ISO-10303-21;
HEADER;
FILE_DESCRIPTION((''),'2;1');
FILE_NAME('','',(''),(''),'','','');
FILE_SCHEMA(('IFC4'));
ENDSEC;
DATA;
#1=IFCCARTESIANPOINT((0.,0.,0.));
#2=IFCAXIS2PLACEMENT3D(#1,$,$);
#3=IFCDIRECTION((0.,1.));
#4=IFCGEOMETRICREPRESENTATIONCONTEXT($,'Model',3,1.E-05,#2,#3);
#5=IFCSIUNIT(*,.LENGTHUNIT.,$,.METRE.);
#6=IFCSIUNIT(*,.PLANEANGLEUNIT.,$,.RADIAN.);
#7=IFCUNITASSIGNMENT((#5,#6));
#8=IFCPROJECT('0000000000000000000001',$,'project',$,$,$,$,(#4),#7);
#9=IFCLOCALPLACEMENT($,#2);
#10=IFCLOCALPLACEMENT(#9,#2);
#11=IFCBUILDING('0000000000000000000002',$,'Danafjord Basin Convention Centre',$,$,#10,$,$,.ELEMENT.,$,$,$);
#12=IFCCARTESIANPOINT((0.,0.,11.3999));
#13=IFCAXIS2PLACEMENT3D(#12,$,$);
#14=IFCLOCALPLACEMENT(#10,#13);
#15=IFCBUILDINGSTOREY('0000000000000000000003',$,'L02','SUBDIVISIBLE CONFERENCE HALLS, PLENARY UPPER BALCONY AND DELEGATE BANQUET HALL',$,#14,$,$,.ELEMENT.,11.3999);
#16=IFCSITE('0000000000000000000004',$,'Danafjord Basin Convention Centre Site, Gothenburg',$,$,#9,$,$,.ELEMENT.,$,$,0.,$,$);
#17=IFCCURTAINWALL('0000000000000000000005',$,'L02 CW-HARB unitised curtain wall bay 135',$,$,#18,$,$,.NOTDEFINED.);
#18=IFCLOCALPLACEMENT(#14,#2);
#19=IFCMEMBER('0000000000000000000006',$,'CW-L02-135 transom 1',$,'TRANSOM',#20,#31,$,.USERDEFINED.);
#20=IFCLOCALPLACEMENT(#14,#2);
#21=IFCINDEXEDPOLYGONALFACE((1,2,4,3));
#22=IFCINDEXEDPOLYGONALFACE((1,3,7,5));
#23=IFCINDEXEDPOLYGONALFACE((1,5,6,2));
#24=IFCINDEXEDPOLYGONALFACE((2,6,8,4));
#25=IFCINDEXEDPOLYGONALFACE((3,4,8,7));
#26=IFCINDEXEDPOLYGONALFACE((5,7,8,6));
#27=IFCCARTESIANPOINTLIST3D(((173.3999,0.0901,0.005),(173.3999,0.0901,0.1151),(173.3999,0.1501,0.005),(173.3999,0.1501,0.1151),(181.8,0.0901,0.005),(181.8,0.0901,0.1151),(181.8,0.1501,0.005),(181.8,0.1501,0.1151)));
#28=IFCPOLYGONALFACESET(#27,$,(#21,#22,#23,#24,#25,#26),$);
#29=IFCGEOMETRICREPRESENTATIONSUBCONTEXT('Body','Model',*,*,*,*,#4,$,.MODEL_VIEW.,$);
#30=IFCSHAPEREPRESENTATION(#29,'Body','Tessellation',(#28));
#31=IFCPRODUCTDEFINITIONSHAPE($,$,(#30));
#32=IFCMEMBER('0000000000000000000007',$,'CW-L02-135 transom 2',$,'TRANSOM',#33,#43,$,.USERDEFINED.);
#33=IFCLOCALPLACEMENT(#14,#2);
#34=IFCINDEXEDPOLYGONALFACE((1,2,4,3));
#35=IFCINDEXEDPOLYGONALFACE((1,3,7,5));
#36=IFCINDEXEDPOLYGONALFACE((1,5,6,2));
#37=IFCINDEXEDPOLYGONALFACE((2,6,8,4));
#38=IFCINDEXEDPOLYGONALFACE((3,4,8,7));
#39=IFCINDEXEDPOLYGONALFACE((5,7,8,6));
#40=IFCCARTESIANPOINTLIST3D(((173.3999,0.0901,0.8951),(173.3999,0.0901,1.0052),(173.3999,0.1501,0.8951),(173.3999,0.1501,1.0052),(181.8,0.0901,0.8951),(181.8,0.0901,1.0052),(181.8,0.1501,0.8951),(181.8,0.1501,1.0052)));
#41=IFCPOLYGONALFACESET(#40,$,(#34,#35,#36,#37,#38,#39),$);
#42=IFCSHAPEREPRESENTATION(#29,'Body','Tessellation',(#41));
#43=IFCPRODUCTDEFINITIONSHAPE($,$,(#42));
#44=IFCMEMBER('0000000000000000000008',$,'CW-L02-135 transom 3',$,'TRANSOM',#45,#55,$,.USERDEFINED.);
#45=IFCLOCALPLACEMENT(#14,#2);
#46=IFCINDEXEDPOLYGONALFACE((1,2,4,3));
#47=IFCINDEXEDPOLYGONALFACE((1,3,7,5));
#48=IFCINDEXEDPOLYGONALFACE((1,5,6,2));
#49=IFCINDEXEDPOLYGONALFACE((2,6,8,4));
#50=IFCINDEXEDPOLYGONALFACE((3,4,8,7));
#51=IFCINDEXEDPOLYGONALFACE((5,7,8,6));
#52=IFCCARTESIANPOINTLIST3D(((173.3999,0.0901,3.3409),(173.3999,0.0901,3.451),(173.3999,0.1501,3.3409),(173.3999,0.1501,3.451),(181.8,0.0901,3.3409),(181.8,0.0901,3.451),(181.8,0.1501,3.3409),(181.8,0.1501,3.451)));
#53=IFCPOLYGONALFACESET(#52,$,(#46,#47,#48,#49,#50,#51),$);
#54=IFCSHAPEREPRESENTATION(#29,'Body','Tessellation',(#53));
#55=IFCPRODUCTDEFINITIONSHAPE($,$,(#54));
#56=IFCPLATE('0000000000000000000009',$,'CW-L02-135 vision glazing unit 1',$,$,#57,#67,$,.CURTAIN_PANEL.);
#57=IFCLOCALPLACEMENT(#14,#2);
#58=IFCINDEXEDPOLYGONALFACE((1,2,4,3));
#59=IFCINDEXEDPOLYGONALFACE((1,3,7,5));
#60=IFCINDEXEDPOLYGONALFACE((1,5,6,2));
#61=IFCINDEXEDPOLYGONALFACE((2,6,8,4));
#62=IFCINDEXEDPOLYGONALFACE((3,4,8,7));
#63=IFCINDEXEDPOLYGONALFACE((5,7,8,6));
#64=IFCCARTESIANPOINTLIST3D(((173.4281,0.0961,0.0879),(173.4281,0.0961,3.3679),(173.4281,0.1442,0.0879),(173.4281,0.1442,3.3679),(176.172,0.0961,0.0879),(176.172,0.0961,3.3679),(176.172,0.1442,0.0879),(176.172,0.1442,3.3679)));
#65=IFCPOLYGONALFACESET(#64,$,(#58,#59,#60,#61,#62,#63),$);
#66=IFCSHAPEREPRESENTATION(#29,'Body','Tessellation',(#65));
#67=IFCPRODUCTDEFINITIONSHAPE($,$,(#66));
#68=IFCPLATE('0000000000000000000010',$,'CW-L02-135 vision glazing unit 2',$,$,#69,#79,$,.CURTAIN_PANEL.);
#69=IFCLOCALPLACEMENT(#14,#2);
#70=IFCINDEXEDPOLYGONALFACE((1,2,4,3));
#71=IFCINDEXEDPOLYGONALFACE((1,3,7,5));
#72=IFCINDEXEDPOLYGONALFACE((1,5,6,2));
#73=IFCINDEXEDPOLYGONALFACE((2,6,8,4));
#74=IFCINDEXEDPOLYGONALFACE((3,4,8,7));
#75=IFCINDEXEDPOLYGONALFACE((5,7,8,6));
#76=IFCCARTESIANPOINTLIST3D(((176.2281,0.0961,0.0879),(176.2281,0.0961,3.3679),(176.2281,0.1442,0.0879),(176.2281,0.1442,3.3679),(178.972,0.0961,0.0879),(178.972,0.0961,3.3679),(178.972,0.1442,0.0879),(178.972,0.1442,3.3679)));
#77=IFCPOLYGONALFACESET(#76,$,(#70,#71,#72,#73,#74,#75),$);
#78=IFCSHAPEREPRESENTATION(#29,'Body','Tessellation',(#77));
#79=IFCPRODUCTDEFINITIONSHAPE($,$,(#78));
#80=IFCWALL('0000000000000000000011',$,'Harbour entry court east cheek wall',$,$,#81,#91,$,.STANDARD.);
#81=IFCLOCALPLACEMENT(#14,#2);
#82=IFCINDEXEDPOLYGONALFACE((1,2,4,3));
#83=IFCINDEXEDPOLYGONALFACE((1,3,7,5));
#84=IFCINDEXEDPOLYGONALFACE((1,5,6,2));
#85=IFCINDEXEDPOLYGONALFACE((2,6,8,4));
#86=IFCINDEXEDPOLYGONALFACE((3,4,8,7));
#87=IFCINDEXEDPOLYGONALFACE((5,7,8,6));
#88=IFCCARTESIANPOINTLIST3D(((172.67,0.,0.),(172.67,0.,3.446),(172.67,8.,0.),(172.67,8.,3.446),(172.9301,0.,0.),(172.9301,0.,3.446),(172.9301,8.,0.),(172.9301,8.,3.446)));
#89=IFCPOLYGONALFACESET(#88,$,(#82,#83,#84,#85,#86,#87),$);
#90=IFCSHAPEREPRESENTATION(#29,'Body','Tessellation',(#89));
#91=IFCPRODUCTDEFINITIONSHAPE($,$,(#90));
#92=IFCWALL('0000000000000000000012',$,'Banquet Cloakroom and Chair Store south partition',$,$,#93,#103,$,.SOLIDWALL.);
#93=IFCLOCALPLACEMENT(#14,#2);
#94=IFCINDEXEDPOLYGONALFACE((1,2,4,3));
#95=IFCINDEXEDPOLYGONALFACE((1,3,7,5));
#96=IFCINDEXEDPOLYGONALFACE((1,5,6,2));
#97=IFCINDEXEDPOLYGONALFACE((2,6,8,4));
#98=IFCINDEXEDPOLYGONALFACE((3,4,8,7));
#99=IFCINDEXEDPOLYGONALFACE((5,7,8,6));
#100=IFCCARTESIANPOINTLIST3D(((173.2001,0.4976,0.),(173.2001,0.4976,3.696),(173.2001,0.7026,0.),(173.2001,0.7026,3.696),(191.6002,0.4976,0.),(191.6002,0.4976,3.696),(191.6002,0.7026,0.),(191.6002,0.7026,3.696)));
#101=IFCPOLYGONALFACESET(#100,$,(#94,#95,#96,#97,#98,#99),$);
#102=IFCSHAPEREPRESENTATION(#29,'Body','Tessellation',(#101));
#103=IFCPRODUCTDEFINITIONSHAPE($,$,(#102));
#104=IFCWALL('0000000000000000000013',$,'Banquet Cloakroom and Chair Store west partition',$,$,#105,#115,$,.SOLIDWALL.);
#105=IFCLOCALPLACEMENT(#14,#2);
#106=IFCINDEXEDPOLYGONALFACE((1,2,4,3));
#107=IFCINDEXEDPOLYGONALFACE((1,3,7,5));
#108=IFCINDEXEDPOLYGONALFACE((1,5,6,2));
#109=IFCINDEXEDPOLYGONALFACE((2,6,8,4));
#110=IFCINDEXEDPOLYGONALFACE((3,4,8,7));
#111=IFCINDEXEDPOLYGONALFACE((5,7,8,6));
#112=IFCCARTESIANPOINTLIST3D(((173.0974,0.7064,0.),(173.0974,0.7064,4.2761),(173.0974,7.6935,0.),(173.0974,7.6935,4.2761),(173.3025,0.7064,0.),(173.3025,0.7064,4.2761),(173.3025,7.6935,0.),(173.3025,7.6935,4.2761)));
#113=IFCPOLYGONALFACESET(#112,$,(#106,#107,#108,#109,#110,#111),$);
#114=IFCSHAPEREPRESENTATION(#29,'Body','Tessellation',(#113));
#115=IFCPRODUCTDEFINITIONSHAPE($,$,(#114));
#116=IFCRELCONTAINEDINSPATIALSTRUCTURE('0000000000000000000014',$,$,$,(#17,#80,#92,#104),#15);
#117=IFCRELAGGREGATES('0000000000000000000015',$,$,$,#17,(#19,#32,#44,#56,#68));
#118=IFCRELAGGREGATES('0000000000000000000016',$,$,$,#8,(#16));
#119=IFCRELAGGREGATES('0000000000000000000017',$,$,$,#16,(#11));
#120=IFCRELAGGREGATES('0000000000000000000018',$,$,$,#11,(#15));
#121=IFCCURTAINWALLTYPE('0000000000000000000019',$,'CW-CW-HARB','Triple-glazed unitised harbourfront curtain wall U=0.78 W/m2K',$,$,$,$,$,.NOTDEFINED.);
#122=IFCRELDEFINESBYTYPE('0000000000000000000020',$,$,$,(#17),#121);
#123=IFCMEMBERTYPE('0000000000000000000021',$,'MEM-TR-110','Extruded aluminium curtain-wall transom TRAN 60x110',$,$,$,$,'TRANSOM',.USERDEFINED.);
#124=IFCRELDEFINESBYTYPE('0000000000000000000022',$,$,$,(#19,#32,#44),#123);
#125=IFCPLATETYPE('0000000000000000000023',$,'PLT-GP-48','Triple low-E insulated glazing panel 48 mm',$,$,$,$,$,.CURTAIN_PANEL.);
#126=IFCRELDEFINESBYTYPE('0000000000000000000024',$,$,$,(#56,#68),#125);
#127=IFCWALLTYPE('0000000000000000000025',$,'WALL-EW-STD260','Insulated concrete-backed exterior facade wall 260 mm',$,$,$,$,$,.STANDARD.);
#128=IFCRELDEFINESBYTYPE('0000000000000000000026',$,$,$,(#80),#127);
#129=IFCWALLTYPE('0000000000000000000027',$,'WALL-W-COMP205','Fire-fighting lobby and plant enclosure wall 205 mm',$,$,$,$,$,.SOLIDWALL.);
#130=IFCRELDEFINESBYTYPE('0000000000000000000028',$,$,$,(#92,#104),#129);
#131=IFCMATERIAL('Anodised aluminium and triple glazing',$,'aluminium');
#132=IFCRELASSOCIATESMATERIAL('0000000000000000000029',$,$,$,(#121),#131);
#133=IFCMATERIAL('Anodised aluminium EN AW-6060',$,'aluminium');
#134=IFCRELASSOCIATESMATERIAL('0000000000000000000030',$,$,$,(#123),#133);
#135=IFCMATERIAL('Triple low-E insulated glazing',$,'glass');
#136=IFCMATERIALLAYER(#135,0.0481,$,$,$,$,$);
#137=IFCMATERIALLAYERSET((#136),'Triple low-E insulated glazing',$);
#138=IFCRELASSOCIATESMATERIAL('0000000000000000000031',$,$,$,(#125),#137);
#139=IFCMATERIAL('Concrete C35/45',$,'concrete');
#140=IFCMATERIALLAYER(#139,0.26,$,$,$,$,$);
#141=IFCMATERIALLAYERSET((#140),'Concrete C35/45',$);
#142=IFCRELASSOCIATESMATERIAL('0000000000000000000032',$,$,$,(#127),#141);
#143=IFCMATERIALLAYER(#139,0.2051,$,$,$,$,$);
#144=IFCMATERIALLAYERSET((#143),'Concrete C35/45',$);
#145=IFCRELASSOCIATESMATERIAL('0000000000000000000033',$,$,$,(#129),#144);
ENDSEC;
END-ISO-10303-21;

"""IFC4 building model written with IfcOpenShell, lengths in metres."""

from ifc_helpers import new_model, si_unit, direction, frame, frame_2d, origin, origin_2d, place, context, subcontext, project, spatial, rectangle, extrude, material, layer, layer_set, material_profile, profile_set, type_object, element, aggregate, save


model = new_model("IFC4")

# Units and contexts
model_context = context("Model", 3, precision=1e-05, world=origin(), true_north=direction((0.0, 1.0)))
body_context = subcontext(model_context, "Body", "Model", "MODEL_VIEW")
ifc_project = project(units=[si_unit("LENGTHUNIT", "METRE"), si_unit("PLANEANGLEUNIT", "RADIAN")], contexts=[model_context])

# Site, building, storey
site_placement = place(None, origin())
site = spatial("IfcSite", under=ifc_project, at=site_placement, Name="Danafjord Basin Convention Centre Site, Gothenburg", CompositionType="ELEMENT", RefElevation=0.0)
building_placement = place(site_placement, origin())
building = spatial("IfcBuilding", under=site, at=building_placement, Name="Danafjord Basin Convention Centre", CompositionType="ELEMENT")
storey_placement = place(building_placement, frame((0.0, 0.0, 11.3999)))
storey = spatial("IfcBuildingStorey", under=building, at=storey_placement, Name="L02", Description="SUBDIVISIBLE CONFERENCE HALLS, PLENARY UPPER BALCONY AND DELEGATE BANQUET HALL", CompositionType="ELEMENT", Elevation=11.3999)

# Curtain wall, members, plates
ifc_material_1 = material(Name="Anodised aluminium and triple glazing", Category="aluminium")
curtain_wall_type = type_object("IfcCurtainWallType", Name="CW-CW-HARB", Description="Triple-glazed unitised harbourfront curtain wall U=0.78 W/m2K", PredefinedType="NOTDEFINED", material=ifc_material_1)
curtain_wall_placement = place(storey_placement, origin())
curtain_wall = element("IfcCurtainWall", 1, at=curtain_wall_placement, inside=storey, type_object=curtain_wall_type, Name="L02 CW-HARB unitised curtain wall bay 135", PredefinedType="NOTDEFINED")
ifc_material_2 = material(Name="Anodised aluminium EN AW-6060", Category="aluminium")
ifc_material_profile_1 = material_profile(ifc_material_2, rectangle(XDim=0.0601, YDim=0.1101, at=origin_2d()), Name="TRAN 60x110")
ifc_profile_set_1 = profile_set([ifc_material_profile_1], Name="Anodised aluminium EN AW-6060")
member_type_1 = type_object("IfcMemberType", Name="MEM-TR-110", Description="Extruded aluminium curtain-wall transom TRAN 60x110", ElementType="TRANSOM", PredefinedType="USERDEFINED", material=ifc_profile_set_1)
member_1_placement = place(storey_placement, frame((173.3999, 0.1201, 0.0601), z_axis=(1.0, 0.0, 0.0), x_axis=(0.0, 1.0, 0.0)))
member_1 = element("IfcMember", 2, at=member_1_placement, type_object=member_type_1, Name="CW-L02-135 transom 1", ObjectType="TRANSOM", PredefinedType="USERDEFINED", context=body_context, shape_type="SweptSolid", body=[
    extrude(rectangle(XDim=0.0601, YDim=0.1101, at=origin_2d()), origin(), (0.0, 0.0, 1.0), 8.4001),
])
member_2_placement = place(storey_placement, frame((173.3999, 0.1201, 0.9502), z_axis=(1.0, 0.0, 0.0), x_axis=(0.0, 1.0, 0.0)))
member_2 = element("IfcMember", 3, at=member_2_placement, type_object=member_type_1, Name="CW-L02-135 transom 2", ObjectType="TRANSOM", PredefinedType="USERDEFINED", context=body_context, shape_type="SweptSolid", body=[
    extrude(rectangle(XDim=0.0601, YDim=0.1101, at=origin_2d()), origin(), (0.0, 0.0, 1.0), 8.4001),
])
member_3_placement = place(storey_placement, frame((173.3999, 0.1201, 3.396), z_axis=(1.0, 0.0, 0.0), x_axis=(0.0, 1.0, 0.0)))
member_3 = element("IfcMember", 4, at=member_3_placement, type_object=member_type_1, Name="CW-L02-135 transom 3", ObjectType="TRANSOM", PredefinedType="USERDEFINED", context=body_context, shape_type="SweptSolid", body=[
    extrude(rectangle(XDim=0.0601, YDim=0.1101, at=origin_2d()), origin(), (0.0, 0.0, 1.0), 8.4001),
])
ifc_material_3 = material(Name="Triple low-E insulated glazing", Category="glass")
ifc_layer_1 = layer(ifc_material_3, 0.0481)
ifc_layer_set_1 = layer_set([ifc_layer_1], Name="Triple low-E insulated glazing")
plate_type = type_object("IfcPlateType", Name="PLT-GP-48", Description="Triple low-E insulated glazing panel 48 mm", PredefinedType="CURTAIN_PANEL", material=ifc_layer_set_1)
plate_1_placement = place(storey_placement, frame((174.8, 0.1201, 0.0879), z_axis=(0.0, 0.0, 1.0), x_axis=(1.0, 0.0, 0.0)))
plate_1 = element("IfcPlate", 5, at=plate_1_placement, type_object=plate_type, Name="CW-L02-135 vision glazing unit 1", PredefinedType="CURTAIN_PANEL", context=body_context, shape_type="SweptSolid", body=[
    extrude(rectangle(XDim=2.7439, YDim=0.0481, at=origin_2d()), origin(), (0.0, 0.0, 1.0), 3.28),
])
plate_2_placement = place(storey_placement, frame((177.6001, 0.1201, 0.0879), z_axis=(0.0, 0.0, 1.0), x_axis=(1.0, 0.0, 0.0)))
plate_2 = element("IfcPlate", 6, at=plate_2_placement, type_object=plate_type, Name="CW-L02-135 vision glazing unit 2", PredefinedType="CURTAIN_PANEL", context=body_context, shape_type="SweptSolid", body=[
    extrude(rectangle(XDim=2.7439, YDim=0.0481, at=origin_2d()), origin(), (0.0, 0.0, 1.0), 3.28),
])
aggregate(curtain_wall, [member_1, member_2, member_3, plate_1, plate_2])

# Walls
ifc_material_4 = material(Name="Concrete C35/45", Category="concrete")
ifc_layer_2 = layer(ifc_material_4, 0.26)
ifc_layer_set_2 = layer_set([ifc_layer_2], Name="Concrete C35/45")
wall_type_1 = type_object("IfcWallType", Name="WALL-EW-STD260", Description="Insulated concrete-backed exterior facade wall 260 mm", PredefinedType="STANDARD", material=ifc_layer_set_2)
wall_1_placement = place(storey_placement, frame((172.8, 0.0, 0.0), z_axis=(0.0, 0.0, 1.0), x_axis=(0.0, 1.0, 0.0)))
element("IfcWall", 7, at=wall_1_placement, inside=storey, type_object=wall_type_1, Name="Harbour entry court east cheek wall", PredefinedType="STANDARD", context=body_context, shape_type="SweptSolid", body=[
    extrude(rectangle(XDim=8.0, YDim=0.26, at=frame_2d((4.0, 0.0))), origin(), (0.0, 0.0, 1.0), 3.446),
])
ifc_layer_3 = layer(ifc_material_4, 0.2051)
ifc_layer_set_3 = layer_set([ifc_layer_3], Name="Concrete C35/45")
wall_type_2 = type_object("IfcWallType", Name="WALL-W-COMP205", Description="Fire-fighting lobby and plant enclosure wall 205 mm", PredefinedType="SOLIDWALL", material=ifc_layer_set_3)
wall_2_placement = place(storey_placement, frame((173.2, 0.6001, 0.0), z_axis=(0.0, 0.0, 1.0), x_axis=(1.0, 0.0, 0.0)))
element("IfcWall", 8, at=wall_2_placement, inside=storey, type_object=wall_type_2, Name="Banquet Cloakroom and Chair Store south partition", PredefinedType="SOLIDWALL", context=body_context, shape_type="SweptSolid", body=[
    extrude(rectangle(XDim=18.4001, YDim=0.2051, at=frame_2d((9.2002, 0.0))), origin(), (0.0, 0.0, 1.0), 3.696),
])
wall_3_placement = place(storey_placement, frame((173.2, 7.6936, 0.0), z_axis=(0.0, 0.0, 1.0), x_axis=(0.0, -1.0, 0.0)))
element("IfcWall", 9, at=wall_3_placement, inside=storey, type_object=wall_type_2, Name="Banquet Cloakroom and Chair Store west partition", PredefinedType="SOLIDWALL", context=body_context, shape_type="SweptSolid", body=[
    extrude(rectangle(XDim=6.9871, YDim=0.2051, at=frame_2d((3.4937, 0.0))), origin(), (0.0, 0.0, 1.0), 4.2761),
])

save(model, "model.ifc")
